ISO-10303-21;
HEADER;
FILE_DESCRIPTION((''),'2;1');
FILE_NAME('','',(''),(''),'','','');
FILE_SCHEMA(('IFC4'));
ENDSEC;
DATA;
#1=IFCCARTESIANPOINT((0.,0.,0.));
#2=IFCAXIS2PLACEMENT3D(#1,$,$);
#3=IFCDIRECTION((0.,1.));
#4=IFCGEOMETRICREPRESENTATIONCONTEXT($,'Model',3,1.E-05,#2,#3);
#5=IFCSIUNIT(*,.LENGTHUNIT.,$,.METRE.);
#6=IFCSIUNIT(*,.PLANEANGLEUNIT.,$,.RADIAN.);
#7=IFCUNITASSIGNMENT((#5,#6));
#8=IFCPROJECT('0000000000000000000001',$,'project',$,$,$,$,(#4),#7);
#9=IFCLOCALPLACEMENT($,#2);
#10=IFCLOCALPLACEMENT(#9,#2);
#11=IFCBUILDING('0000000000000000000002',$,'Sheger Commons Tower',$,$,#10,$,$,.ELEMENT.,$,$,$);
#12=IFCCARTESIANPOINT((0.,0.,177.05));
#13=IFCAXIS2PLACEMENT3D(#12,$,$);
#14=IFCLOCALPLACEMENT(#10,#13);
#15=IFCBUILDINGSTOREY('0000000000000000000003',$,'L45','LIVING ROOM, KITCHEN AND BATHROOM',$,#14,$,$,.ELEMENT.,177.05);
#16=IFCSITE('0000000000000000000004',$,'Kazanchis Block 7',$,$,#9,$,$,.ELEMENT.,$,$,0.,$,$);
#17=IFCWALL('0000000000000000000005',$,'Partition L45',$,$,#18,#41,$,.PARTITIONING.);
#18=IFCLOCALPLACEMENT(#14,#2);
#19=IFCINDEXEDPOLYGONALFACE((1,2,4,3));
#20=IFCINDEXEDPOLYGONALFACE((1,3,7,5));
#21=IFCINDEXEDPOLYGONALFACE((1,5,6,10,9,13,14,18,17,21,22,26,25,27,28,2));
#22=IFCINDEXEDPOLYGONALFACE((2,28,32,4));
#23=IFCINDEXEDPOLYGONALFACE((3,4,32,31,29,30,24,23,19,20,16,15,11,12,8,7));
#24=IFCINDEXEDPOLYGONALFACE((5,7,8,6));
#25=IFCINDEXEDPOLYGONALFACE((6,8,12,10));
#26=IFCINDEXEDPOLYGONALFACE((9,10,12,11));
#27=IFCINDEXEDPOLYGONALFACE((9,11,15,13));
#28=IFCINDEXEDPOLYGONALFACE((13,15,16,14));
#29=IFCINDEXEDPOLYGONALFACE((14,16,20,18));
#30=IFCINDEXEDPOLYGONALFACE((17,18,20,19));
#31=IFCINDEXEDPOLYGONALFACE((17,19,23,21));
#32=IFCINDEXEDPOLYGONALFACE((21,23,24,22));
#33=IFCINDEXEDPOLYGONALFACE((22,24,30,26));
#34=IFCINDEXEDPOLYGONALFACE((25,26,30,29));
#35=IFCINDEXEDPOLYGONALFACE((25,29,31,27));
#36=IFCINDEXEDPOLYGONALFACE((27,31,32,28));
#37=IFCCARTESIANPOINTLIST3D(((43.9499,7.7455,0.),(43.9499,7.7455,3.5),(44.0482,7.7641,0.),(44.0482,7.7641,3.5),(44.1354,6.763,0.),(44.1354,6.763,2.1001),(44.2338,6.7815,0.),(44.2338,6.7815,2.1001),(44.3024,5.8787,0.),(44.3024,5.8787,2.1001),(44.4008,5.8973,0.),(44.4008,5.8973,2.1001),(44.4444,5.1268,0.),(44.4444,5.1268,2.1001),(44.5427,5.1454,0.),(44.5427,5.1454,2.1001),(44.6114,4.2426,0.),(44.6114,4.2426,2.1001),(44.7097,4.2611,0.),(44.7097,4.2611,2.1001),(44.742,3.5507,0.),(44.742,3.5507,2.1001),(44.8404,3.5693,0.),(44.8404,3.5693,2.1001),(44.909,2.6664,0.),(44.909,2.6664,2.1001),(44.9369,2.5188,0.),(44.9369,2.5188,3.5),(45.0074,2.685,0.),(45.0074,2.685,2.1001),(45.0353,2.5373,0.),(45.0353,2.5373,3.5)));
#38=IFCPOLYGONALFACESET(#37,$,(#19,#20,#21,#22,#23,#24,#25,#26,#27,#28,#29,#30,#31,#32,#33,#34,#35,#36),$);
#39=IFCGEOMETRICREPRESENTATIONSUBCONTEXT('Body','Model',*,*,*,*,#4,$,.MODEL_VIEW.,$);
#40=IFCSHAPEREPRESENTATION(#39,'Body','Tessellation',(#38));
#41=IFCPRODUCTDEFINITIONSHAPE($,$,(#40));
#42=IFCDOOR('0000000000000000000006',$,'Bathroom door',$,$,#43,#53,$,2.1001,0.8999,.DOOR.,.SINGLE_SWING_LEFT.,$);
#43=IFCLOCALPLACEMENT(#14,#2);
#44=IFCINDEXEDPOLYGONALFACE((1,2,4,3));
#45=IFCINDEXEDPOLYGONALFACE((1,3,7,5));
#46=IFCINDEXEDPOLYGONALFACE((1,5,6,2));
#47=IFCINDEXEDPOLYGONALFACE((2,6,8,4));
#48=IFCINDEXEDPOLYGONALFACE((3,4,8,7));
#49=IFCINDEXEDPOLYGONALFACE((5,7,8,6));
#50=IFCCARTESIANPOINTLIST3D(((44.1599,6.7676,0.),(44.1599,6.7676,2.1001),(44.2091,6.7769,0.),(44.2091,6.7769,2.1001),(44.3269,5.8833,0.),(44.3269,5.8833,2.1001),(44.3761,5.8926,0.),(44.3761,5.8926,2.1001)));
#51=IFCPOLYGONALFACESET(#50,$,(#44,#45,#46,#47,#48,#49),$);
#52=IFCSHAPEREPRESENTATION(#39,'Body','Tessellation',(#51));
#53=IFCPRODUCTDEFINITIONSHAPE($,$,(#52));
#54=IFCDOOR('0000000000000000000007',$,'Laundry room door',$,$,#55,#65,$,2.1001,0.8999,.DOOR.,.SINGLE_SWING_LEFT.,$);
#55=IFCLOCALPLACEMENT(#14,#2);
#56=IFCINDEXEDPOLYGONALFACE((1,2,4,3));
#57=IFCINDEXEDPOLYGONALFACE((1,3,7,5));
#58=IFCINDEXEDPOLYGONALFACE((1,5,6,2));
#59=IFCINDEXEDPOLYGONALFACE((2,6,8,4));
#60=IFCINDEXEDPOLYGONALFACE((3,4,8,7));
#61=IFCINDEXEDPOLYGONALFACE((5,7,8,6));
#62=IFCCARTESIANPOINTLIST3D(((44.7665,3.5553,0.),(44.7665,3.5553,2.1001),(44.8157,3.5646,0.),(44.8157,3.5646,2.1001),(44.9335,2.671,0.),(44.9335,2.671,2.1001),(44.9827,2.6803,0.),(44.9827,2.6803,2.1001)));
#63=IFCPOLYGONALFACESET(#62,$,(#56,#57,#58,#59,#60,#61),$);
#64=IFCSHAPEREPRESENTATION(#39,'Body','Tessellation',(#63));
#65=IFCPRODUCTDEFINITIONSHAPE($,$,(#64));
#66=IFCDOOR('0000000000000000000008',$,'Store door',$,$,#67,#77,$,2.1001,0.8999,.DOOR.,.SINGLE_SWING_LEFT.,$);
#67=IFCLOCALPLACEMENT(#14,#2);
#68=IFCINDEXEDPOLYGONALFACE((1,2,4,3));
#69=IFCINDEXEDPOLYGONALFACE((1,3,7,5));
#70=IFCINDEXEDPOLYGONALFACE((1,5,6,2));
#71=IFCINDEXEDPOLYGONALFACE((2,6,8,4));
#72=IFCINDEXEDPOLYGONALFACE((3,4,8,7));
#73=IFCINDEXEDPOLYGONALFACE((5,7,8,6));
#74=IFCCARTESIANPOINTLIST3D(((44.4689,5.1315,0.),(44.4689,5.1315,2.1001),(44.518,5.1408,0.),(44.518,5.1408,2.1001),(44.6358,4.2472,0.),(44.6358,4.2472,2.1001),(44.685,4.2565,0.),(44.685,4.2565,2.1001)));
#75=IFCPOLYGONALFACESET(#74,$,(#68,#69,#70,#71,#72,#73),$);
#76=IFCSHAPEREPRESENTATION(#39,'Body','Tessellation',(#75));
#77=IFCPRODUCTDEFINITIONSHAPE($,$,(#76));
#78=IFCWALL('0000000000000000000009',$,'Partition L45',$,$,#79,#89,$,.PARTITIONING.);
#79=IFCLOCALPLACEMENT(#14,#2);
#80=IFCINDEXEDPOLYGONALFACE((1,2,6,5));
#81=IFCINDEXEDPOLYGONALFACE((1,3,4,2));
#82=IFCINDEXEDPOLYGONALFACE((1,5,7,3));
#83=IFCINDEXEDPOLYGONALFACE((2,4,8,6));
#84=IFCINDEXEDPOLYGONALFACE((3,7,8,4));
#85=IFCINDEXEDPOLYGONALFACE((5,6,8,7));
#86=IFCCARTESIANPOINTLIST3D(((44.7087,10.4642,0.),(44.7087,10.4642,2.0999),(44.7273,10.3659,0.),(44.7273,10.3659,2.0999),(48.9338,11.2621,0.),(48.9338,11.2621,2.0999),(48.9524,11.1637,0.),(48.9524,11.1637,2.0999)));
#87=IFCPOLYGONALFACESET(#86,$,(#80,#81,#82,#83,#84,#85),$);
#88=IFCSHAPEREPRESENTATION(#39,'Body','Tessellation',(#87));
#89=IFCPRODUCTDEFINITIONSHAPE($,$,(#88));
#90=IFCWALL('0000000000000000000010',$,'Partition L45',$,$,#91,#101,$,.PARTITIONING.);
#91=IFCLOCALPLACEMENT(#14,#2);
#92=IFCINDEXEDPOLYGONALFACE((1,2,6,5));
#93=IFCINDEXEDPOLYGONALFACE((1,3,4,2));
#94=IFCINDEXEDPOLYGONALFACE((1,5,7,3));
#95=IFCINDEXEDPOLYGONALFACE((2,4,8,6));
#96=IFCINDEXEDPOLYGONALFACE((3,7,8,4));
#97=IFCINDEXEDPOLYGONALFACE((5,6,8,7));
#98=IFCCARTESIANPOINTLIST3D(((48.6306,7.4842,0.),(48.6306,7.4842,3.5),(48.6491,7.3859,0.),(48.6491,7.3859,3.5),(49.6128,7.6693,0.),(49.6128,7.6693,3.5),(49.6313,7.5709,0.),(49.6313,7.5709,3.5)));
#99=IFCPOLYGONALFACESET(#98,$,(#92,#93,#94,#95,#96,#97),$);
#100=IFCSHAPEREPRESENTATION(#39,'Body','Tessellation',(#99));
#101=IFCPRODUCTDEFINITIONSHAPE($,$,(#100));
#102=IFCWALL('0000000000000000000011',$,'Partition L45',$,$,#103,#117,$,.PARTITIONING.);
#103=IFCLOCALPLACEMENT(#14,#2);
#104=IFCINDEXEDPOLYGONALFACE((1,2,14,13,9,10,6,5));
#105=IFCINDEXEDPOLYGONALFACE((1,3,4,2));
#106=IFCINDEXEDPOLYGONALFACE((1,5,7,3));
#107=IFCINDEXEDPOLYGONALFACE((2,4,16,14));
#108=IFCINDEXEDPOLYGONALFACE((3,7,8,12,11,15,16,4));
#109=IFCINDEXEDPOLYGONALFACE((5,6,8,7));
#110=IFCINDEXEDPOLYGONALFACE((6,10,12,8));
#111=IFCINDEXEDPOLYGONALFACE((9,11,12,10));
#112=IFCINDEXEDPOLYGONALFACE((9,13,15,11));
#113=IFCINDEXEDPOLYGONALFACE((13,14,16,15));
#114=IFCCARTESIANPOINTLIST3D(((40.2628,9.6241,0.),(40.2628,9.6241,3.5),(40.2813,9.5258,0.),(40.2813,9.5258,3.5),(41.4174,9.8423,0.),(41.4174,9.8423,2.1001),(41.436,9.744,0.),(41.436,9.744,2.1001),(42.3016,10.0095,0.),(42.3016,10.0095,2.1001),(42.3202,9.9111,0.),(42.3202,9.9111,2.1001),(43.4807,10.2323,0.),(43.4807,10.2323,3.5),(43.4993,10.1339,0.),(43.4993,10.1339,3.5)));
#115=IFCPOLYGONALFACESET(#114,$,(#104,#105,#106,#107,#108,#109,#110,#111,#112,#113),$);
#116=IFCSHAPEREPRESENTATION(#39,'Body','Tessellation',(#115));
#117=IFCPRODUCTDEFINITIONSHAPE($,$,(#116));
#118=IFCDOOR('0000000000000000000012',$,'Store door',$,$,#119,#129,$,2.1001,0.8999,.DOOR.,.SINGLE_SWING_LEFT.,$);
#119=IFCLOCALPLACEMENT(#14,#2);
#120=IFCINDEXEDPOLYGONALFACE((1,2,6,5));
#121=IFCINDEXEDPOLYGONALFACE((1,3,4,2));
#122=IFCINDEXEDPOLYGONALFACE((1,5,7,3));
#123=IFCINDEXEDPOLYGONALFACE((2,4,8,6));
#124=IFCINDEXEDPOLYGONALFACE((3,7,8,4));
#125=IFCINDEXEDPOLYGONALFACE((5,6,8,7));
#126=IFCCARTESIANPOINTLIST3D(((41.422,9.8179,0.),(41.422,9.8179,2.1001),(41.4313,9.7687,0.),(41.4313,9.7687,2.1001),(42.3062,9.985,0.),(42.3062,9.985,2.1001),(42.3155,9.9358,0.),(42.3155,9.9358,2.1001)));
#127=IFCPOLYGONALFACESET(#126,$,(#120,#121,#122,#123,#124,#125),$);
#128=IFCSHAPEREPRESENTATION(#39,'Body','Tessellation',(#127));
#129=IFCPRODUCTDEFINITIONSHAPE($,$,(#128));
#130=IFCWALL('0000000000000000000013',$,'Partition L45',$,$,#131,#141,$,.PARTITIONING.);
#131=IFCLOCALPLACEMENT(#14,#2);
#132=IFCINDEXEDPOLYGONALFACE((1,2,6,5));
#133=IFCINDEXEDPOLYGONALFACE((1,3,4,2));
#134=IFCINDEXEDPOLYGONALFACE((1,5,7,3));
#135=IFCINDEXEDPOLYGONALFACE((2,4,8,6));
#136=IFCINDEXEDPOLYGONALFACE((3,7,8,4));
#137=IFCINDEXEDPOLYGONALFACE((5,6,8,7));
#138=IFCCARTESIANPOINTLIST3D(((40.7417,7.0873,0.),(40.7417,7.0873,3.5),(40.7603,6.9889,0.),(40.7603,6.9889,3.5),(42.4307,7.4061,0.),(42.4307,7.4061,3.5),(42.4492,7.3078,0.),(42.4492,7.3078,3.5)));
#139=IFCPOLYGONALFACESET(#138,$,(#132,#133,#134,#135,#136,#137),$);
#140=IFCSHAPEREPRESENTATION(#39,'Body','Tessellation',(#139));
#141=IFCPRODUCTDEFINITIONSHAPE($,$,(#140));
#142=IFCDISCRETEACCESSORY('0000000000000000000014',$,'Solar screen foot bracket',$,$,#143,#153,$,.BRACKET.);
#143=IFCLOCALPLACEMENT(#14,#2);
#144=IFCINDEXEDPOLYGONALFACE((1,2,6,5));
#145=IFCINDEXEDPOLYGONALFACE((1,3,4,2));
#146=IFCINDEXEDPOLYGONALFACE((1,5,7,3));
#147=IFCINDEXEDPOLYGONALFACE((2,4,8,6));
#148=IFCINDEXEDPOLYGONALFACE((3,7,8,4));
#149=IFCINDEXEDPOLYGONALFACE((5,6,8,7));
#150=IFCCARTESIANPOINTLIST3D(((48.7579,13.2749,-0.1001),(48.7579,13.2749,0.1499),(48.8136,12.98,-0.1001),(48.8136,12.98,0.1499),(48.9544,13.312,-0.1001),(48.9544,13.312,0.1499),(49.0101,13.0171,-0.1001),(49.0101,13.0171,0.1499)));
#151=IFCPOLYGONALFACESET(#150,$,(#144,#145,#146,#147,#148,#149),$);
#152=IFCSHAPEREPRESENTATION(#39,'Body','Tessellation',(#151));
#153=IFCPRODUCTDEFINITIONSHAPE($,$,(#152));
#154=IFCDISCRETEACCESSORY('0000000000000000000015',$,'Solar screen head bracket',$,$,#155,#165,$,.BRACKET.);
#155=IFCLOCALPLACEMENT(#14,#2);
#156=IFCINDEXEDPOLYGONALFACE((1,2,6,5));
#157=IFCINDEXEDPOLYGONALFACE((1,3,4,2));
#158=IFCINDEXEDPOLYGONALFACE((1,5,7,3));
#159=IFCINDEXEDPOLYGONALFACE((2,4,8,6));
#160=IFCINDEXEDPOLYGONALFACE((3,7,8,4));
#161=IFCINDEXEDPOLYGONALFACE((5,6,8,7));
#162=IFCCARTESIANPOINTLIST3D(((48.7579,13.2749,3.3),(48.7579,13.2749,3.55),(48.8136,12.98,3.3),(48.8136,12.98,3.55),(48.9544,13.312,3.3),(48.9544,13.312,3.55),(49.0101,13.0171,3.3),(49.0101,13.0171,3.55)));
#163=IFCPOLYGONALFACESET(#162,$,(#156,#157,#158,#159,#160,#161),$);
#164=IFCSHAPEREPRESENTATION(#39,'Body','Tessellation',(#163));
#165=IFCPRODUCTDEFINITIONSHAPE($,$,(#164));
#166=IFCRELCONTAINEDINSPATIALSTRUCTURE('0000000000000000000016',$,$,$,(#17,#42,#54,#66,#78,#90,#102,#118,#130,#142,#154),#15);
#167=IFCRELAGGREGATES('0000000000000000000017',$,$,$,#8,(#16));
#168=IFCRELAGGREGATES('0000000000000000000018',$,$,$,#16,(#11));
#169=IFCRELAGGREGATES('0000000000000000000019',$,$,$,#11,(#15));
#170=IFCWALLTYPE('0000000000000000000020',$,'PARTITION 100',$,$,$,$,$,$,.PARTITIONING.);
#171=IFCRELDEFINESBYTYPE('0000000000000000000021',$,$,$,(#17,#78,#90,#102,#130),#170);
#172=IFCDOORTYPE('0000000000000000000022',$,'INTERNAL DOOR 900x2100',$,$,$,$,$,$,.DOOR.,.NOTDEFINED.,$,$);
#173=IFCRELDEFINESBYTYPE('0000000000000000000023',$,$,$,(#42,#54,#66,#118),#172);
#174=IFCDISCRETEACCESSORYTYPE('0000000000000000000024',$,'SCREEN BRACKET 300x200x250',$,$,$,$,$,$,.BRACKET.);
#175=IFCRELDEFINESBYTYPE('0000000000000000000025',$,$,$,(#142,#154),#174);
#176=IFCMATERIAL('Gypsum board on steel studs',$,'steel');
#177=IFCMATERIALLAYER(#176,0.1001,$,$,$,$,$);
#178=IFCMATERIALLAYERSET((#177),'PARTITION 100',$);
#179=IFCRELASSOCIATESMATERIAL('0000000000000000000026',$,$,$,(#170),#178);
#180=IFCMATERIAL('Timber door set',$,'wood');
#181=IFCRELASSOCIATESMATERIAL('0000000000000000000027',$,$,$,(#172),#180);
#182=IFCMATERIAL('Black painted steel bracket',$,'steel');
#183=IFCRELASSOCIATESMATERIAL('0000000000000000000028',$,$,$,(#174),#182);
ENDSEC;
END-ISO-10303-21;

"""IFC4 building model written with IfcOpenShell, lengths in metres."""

from ifc_helpers import new_model, si_unit, direction, frame, frame_2d, origin, origin_2d, place, context, subcontext, project, spatial, rectangle, extrude, material, layer, layer_set, type_object, element, fill, save


model = new_model("IFC4")

# Units and contexts
model_context = context("Model", 3, precision=1e-05, world=origin(), true_north=direction((0.0, 1.0)))
body_context = subcontext(model_context, "Body", "Model", "MODEL_VIEW")
ifc_project = project(units=[si_unit("LENGTHUNIT", "METRE"), si_unit("PLANEANGLEUNIT", "RADIAN")], contexts=[model_context])

# Site, building, storey
site_placement = place(None, origin())
site = spatial("IfcSite", under=ifc_project, at=site_placement, Name="Kazanchis Block 7", CompositionType="ELEMENT", RefElevation=0.0)
building_placement = place(site_placement, origin())
building = spatial("IfcBuilding", under=site, at=building_placement, Name="Sheger Commons Tower", CompositionType="ELEMENT")
storey_placement = place(building_placement, frame((0.0, 0.0, 177.05)))
storey = spatial("IfcBuildingStorey", under=building, at=storey_placement, Name="L45", Description="LIVING ROOM, KITCHEN AND BATHROOM", CompositionType="ELEMENT", Elevation=177.05)

# Shared definitions
ifc_material_1 = material(Name="Gypsum board on steel studs", Category="steel")
ifc_layer_1 = layer(ifc_material_1, 0.1001)
ifc_layer_set_1 = layer_set([ifc_layer_1], Name="PARTITION 100")
wall_type_1 = type_object("IfcWallType", Name="PARTITION 100", PredefinedType="PARTITIONING", material=ifc_layer_set_1)
ifc_material_2 = material(Name="Timber door set", Category="wood")
door_type = type_object("IfcDoorType", Name="INTERNAL DOOR 900x2100", OperationType="NOTDEFINED", PredefinedType="DOOR", material=ifc_material_2)

# Wall, openings, doors
wall_1_placement = place(storey_placement, frame((43.999, 7.7549, 0.0), z_axis=(0.0, 0.0, 1.0), x_axis=(0.185566, -0.982632, 0.0)))
wall_1 = element("IfcWall", 1, at=wall_1_placement, inside=storey, type_object=wall_type_1, Name="Partition L45", PredefinedType="PARTITIONING", context=body_context, shape_type="SweptSolid", body=[
    extrude(rectangle(XDim=5.3191, YDim=0.1001, at=frame_2d((2.6597, 0.0))), origin(), (0.0, 0.0, 1.0), 3.5),
])
opening_1_placement = place(wall_1_placement, frame((1.0, 0.0, 0.0)))
opening_1 = element("IfcOpeningElement", 2, at=opening_1_placement, cuts=wall_1, PredefinedType="OPENING", context=body_context, shape_type="SweptSolid", body=[
    extrude(rectangle(XDim=0.8999, YDim=2.1001, at=frame_2d((0.45, 1.05))), frame((0.0, 0.0601, 0.0), z_axis=(0.0, -1.0, 0.0), x_axis=(1.0, 0.0, 0.0)), (0.0, 0.0, 1.0), 0.1201),
])
opening_2_placement = place(wall_1_placement, frame((4.269, 0.0, 0.0)))
opening_2 = element("IfcOpeningElement", 3, at=opening_2_placement, cuts=wall_1, PredefinedType="OPENING", context=body_context, shape_type="SweptSolid", body=[
    extrude(rectangle(XDim=0.8999, YDim=2.1001, at=frame_2d((0.45, 1.05))), frame((0.0, 0.0601, 0.0), z_axis=(0.0, -1.0, 0.0), x_axis=(1.0, 0.0, 0.0)), (0.0, 0.0, 1.0), 0.1201),
])
opening_3_placement = place(wall_1_placement, frame((2.665, 0.0, 0.0)))
opening_3 = element("IfcOpeningElement", 4, at=opening_3_placement, cuts=wall_1, PredefinedType="OPENING", context=body_context, shape_type="SweptSolid", body=[
    extrude(rectangle(XDim=0.8999, YDim=2.1001, at=frame_2d((0.45, 1.05))), frame((0.0, 0.0601, 0.0), z_axis=(0.0, -1.0, 0.0), x_axis=(1.0, 0.0, 0.0)), (0.0, 0.0, 1.0), 0.1201),
])
door_1_placement = place(opening_1_placement, origin())
door_1 = element("IfcDoor", 5, at=door_1_placement, inside=storey, type_object=door_type, Name="Bathroom door", OperationType="SINGLE_SWING_LEFT", OverallHeight=2.1001, OverallWidth=0.8999, PredefinedType="DOOR", context=body_context, shape_type="SweptSolid", body=[
    extrude(rectangle(XDim=0.8999, YDim=2.1001, at=frame_2d((0.45, 1.05))), frame((0.0, 0.0249, 0.0), z_axis=(0.0, -1.0, 0.0), x_axis=(1.0, 0.0, 0.0)), (0.0, 0.0, 1.0), 0.05),
])
fill(opening_1, door_1)
door_2_placement = place(opening_2_placement, origin())
door_2 = element("IfcDoor", 6, at=door_2_placement, inside=storey, type_object=door_type, Name="Laundry room door", OperationType="SINGLE_SWING_LEFT", OverallHeight=2.1001, OverallWidth=0.8999, PredefinedType="DOOR", context=body_context, shape_type="SweptSolid", body=[
    extrude(rectangle(XDim=0.8999, YDim=2.1001, at=frame_2d((0.45, 1.05))), frame((0.0, 0.0249, 0.0), z_axis=(0.0, -1.0, 0.0), x_axis=(1.0, 0.0, 0.0)), (0.0, 0.0, 1.0), 0.05),
])
fill(opening_2, door_2)
door_3_placement = place(opening_3_placement, origin())
door_3 = element("IfcDoor", 7, at=door_3_placement, inside=storey, type_object=door_type, Name="Store door", OperationType="SINGLE_SWING_LEFT", OverallHeight=2.1001, OverallWidth=0.8999, PredefinedType="DOOR", context=body_context, shape_type="SweptSolid", body=[
    extrude(rectangle(XDim=0.8999, YDim=2.1001, at=frame_2d((0.45, 1.05))), frame((0.0, 0.0249, 0.0), z_axis=(0.0, -1.0, 0.0), x_axis=(1.0, 0.0, 0.0)), (0.0, 0.0, 1.0), 0.05),
])
fill(opening_3, door_3)

# Walls
wall_2_placement = place(storey_placement, frame((48.9431, 11.2129, 0.0), z_axis=(0.0, 0.0, 1.0), x_axis=(-0.982634, -0.185557, 0.0)))
element("IfcWall", 8, at=wall_2_placement, inside=storey, type_object=wall_type_1, Name="Partition L45", PredefinedType="PARTITIONING", context=body_context, shape_type="SweptSolid", body=[
    extrude(rectangle(XDim=4.2998, YDim=0.1001, at=frame_2d((2.1499, 0.0))), origin(), (0.0, 0.0, 1.0), 2.0999),
])
wall_3_placement = place(storey_placement, frame((49.6221, 7.6201, 0.0), z_axis=(0.0, 0.0, 1.0), x_axis=(-0.982709, -0.185159, 0.0)))
element("IfcWall", 9, at=wall_3_placement, inside=storey, type_object=wall_type_1, Name="Partition L45", PredefinedType="PARTITIONING", context=body_context, shape_type="SweptSolid", body=[
    extrude(rectangle(XDim=0.9995, YDim=0.1001, at=frame_2d((0.4998, 0.0))), origin(), (0.0, 0.0, 1.0), 3.5),
])

# Wall, opening, door
wall_4_placement = place(storey_placement, frame((43.49, 10.1831, 0.0), z_axis=(0.0, 0.0, 1.0), x_axis=(-0.982607, -0.185697, 0.0)))
wall_4 = element("IfcWall", 10, at=wall_4_placement, inside=storey, type_object=wall_type_1, Name="Partition L45", PredefinedType="PARTITIONING", context=body_context, shape_type="SweptSolid", body=[
    extrude(rectangle(XDim=3.2749, YDim=0.1001, at=frame_2d((1.6375, 0.0))), origin(), (0.0, 0.0, 1.0), 3.5),
])
opening_4_placement = place(wall_4_placement, frame((1.2, 0.0, 0.0)))
opening_4 = element("IfcOpeningElement", 11, at=opening_4_placement, cuts=wall_4, PredefinedType="OPENING", context=body_context, shape_type="SweptSolid", body=[
    extrude(rectangle(XDim=0.8999, YDim=2.1001, at=frame_2d((0.45, 1.05))), frame((0.0, 0.0601, 0.0), z_axis=(0.0, -1.0, 0.0), x_axis=(1.0, 0.0, 0.0)), (0.0, 0.0, 1.0), 0.1201),
])
door_4_placement = place(opening_4_placement, origin())
door_4 = element("IfcDoor", 12, at=door_4_placement, inside=storey, type_object=door_type, Name="Store door", OperationType="SINGLE_SWING_LEFT", OverallHeight=2.1001, OverallWidth=0.8999, PredefinedType="DOOR", context=body_context, shape_type="SweptSolid", body=[
    extrude(rectangle(XDim=0.8999, YDim=2.1001, at=frame_2d((0.45, 1.05))), frame((0.0, 0.0249, 0.0), z_axis=(0.0, -1.0, 0.0), x_axis=(1.0, 0.0, 0.0)), (0.0, 0.0, 1.0), 0.05),
])
fill(opening_4, door_4)

# Wall
wall_5_placement = place(storey_placement, frame((42.4399, 7.3569, 0.0), z_axis=(0.0, 0.0, 1.0), x_axis=(-0.982643, -0.185506, 0.0)))
element("IfcWall", 13, at=wall_5_placement, inside=storey, type_object=wall_type_1, Name="Partition L45", PredefinedType="PARTITIONING", context=body_context, shape_type="SweptSolid", body=[
    extrude(rectangle(XDim=1.7188, YDim=0.1001, at=frame_2d((0.8594, 0.0))), origin(), (0.0, 0.0, 1.0), 3.5),
])

# Discrete accessories
ifc_material_3 = material(Name="Black painted steel bracket", Category="steel")
discrete_accessory_type = type_object("IfcDiscreteAccessoryType", Name="SCREEN BRACKET 300x200x250", PredefinedType="BRACKET", material=ifc_material_3)
for number, where, z_axis, x_axis, name in (
    (14, (48.884, 13.146, -0.1001), (0.0, 0.0, 1.0), (-0.185615, 0.982623, 0.0), "Solar screen foot bracket"),
    (15, (48.884, 13.146, 3.3), (0.0, 0.0, 1.0), (-0.185615, 0.982623, 0.0), "Solar screen head bracket"),
):
    element("IfcDiscreteAccessory", number, at=place(storey_placement, frame(where, z_axis=z_axis, x_axis=x_axis)), inside=storey, type_object=discrete_accessory_type, Name=name, PredefinedType="BRACKET", context=body_context, shape_type="SweptSolid", body=[
        extrude(rectangle(XDim=0.3, YDim=0.2, at=origin_2d()), origin(), (0.0, 0.0, 1.0), 0.25),
    ])

save(model, "model.ifc")
